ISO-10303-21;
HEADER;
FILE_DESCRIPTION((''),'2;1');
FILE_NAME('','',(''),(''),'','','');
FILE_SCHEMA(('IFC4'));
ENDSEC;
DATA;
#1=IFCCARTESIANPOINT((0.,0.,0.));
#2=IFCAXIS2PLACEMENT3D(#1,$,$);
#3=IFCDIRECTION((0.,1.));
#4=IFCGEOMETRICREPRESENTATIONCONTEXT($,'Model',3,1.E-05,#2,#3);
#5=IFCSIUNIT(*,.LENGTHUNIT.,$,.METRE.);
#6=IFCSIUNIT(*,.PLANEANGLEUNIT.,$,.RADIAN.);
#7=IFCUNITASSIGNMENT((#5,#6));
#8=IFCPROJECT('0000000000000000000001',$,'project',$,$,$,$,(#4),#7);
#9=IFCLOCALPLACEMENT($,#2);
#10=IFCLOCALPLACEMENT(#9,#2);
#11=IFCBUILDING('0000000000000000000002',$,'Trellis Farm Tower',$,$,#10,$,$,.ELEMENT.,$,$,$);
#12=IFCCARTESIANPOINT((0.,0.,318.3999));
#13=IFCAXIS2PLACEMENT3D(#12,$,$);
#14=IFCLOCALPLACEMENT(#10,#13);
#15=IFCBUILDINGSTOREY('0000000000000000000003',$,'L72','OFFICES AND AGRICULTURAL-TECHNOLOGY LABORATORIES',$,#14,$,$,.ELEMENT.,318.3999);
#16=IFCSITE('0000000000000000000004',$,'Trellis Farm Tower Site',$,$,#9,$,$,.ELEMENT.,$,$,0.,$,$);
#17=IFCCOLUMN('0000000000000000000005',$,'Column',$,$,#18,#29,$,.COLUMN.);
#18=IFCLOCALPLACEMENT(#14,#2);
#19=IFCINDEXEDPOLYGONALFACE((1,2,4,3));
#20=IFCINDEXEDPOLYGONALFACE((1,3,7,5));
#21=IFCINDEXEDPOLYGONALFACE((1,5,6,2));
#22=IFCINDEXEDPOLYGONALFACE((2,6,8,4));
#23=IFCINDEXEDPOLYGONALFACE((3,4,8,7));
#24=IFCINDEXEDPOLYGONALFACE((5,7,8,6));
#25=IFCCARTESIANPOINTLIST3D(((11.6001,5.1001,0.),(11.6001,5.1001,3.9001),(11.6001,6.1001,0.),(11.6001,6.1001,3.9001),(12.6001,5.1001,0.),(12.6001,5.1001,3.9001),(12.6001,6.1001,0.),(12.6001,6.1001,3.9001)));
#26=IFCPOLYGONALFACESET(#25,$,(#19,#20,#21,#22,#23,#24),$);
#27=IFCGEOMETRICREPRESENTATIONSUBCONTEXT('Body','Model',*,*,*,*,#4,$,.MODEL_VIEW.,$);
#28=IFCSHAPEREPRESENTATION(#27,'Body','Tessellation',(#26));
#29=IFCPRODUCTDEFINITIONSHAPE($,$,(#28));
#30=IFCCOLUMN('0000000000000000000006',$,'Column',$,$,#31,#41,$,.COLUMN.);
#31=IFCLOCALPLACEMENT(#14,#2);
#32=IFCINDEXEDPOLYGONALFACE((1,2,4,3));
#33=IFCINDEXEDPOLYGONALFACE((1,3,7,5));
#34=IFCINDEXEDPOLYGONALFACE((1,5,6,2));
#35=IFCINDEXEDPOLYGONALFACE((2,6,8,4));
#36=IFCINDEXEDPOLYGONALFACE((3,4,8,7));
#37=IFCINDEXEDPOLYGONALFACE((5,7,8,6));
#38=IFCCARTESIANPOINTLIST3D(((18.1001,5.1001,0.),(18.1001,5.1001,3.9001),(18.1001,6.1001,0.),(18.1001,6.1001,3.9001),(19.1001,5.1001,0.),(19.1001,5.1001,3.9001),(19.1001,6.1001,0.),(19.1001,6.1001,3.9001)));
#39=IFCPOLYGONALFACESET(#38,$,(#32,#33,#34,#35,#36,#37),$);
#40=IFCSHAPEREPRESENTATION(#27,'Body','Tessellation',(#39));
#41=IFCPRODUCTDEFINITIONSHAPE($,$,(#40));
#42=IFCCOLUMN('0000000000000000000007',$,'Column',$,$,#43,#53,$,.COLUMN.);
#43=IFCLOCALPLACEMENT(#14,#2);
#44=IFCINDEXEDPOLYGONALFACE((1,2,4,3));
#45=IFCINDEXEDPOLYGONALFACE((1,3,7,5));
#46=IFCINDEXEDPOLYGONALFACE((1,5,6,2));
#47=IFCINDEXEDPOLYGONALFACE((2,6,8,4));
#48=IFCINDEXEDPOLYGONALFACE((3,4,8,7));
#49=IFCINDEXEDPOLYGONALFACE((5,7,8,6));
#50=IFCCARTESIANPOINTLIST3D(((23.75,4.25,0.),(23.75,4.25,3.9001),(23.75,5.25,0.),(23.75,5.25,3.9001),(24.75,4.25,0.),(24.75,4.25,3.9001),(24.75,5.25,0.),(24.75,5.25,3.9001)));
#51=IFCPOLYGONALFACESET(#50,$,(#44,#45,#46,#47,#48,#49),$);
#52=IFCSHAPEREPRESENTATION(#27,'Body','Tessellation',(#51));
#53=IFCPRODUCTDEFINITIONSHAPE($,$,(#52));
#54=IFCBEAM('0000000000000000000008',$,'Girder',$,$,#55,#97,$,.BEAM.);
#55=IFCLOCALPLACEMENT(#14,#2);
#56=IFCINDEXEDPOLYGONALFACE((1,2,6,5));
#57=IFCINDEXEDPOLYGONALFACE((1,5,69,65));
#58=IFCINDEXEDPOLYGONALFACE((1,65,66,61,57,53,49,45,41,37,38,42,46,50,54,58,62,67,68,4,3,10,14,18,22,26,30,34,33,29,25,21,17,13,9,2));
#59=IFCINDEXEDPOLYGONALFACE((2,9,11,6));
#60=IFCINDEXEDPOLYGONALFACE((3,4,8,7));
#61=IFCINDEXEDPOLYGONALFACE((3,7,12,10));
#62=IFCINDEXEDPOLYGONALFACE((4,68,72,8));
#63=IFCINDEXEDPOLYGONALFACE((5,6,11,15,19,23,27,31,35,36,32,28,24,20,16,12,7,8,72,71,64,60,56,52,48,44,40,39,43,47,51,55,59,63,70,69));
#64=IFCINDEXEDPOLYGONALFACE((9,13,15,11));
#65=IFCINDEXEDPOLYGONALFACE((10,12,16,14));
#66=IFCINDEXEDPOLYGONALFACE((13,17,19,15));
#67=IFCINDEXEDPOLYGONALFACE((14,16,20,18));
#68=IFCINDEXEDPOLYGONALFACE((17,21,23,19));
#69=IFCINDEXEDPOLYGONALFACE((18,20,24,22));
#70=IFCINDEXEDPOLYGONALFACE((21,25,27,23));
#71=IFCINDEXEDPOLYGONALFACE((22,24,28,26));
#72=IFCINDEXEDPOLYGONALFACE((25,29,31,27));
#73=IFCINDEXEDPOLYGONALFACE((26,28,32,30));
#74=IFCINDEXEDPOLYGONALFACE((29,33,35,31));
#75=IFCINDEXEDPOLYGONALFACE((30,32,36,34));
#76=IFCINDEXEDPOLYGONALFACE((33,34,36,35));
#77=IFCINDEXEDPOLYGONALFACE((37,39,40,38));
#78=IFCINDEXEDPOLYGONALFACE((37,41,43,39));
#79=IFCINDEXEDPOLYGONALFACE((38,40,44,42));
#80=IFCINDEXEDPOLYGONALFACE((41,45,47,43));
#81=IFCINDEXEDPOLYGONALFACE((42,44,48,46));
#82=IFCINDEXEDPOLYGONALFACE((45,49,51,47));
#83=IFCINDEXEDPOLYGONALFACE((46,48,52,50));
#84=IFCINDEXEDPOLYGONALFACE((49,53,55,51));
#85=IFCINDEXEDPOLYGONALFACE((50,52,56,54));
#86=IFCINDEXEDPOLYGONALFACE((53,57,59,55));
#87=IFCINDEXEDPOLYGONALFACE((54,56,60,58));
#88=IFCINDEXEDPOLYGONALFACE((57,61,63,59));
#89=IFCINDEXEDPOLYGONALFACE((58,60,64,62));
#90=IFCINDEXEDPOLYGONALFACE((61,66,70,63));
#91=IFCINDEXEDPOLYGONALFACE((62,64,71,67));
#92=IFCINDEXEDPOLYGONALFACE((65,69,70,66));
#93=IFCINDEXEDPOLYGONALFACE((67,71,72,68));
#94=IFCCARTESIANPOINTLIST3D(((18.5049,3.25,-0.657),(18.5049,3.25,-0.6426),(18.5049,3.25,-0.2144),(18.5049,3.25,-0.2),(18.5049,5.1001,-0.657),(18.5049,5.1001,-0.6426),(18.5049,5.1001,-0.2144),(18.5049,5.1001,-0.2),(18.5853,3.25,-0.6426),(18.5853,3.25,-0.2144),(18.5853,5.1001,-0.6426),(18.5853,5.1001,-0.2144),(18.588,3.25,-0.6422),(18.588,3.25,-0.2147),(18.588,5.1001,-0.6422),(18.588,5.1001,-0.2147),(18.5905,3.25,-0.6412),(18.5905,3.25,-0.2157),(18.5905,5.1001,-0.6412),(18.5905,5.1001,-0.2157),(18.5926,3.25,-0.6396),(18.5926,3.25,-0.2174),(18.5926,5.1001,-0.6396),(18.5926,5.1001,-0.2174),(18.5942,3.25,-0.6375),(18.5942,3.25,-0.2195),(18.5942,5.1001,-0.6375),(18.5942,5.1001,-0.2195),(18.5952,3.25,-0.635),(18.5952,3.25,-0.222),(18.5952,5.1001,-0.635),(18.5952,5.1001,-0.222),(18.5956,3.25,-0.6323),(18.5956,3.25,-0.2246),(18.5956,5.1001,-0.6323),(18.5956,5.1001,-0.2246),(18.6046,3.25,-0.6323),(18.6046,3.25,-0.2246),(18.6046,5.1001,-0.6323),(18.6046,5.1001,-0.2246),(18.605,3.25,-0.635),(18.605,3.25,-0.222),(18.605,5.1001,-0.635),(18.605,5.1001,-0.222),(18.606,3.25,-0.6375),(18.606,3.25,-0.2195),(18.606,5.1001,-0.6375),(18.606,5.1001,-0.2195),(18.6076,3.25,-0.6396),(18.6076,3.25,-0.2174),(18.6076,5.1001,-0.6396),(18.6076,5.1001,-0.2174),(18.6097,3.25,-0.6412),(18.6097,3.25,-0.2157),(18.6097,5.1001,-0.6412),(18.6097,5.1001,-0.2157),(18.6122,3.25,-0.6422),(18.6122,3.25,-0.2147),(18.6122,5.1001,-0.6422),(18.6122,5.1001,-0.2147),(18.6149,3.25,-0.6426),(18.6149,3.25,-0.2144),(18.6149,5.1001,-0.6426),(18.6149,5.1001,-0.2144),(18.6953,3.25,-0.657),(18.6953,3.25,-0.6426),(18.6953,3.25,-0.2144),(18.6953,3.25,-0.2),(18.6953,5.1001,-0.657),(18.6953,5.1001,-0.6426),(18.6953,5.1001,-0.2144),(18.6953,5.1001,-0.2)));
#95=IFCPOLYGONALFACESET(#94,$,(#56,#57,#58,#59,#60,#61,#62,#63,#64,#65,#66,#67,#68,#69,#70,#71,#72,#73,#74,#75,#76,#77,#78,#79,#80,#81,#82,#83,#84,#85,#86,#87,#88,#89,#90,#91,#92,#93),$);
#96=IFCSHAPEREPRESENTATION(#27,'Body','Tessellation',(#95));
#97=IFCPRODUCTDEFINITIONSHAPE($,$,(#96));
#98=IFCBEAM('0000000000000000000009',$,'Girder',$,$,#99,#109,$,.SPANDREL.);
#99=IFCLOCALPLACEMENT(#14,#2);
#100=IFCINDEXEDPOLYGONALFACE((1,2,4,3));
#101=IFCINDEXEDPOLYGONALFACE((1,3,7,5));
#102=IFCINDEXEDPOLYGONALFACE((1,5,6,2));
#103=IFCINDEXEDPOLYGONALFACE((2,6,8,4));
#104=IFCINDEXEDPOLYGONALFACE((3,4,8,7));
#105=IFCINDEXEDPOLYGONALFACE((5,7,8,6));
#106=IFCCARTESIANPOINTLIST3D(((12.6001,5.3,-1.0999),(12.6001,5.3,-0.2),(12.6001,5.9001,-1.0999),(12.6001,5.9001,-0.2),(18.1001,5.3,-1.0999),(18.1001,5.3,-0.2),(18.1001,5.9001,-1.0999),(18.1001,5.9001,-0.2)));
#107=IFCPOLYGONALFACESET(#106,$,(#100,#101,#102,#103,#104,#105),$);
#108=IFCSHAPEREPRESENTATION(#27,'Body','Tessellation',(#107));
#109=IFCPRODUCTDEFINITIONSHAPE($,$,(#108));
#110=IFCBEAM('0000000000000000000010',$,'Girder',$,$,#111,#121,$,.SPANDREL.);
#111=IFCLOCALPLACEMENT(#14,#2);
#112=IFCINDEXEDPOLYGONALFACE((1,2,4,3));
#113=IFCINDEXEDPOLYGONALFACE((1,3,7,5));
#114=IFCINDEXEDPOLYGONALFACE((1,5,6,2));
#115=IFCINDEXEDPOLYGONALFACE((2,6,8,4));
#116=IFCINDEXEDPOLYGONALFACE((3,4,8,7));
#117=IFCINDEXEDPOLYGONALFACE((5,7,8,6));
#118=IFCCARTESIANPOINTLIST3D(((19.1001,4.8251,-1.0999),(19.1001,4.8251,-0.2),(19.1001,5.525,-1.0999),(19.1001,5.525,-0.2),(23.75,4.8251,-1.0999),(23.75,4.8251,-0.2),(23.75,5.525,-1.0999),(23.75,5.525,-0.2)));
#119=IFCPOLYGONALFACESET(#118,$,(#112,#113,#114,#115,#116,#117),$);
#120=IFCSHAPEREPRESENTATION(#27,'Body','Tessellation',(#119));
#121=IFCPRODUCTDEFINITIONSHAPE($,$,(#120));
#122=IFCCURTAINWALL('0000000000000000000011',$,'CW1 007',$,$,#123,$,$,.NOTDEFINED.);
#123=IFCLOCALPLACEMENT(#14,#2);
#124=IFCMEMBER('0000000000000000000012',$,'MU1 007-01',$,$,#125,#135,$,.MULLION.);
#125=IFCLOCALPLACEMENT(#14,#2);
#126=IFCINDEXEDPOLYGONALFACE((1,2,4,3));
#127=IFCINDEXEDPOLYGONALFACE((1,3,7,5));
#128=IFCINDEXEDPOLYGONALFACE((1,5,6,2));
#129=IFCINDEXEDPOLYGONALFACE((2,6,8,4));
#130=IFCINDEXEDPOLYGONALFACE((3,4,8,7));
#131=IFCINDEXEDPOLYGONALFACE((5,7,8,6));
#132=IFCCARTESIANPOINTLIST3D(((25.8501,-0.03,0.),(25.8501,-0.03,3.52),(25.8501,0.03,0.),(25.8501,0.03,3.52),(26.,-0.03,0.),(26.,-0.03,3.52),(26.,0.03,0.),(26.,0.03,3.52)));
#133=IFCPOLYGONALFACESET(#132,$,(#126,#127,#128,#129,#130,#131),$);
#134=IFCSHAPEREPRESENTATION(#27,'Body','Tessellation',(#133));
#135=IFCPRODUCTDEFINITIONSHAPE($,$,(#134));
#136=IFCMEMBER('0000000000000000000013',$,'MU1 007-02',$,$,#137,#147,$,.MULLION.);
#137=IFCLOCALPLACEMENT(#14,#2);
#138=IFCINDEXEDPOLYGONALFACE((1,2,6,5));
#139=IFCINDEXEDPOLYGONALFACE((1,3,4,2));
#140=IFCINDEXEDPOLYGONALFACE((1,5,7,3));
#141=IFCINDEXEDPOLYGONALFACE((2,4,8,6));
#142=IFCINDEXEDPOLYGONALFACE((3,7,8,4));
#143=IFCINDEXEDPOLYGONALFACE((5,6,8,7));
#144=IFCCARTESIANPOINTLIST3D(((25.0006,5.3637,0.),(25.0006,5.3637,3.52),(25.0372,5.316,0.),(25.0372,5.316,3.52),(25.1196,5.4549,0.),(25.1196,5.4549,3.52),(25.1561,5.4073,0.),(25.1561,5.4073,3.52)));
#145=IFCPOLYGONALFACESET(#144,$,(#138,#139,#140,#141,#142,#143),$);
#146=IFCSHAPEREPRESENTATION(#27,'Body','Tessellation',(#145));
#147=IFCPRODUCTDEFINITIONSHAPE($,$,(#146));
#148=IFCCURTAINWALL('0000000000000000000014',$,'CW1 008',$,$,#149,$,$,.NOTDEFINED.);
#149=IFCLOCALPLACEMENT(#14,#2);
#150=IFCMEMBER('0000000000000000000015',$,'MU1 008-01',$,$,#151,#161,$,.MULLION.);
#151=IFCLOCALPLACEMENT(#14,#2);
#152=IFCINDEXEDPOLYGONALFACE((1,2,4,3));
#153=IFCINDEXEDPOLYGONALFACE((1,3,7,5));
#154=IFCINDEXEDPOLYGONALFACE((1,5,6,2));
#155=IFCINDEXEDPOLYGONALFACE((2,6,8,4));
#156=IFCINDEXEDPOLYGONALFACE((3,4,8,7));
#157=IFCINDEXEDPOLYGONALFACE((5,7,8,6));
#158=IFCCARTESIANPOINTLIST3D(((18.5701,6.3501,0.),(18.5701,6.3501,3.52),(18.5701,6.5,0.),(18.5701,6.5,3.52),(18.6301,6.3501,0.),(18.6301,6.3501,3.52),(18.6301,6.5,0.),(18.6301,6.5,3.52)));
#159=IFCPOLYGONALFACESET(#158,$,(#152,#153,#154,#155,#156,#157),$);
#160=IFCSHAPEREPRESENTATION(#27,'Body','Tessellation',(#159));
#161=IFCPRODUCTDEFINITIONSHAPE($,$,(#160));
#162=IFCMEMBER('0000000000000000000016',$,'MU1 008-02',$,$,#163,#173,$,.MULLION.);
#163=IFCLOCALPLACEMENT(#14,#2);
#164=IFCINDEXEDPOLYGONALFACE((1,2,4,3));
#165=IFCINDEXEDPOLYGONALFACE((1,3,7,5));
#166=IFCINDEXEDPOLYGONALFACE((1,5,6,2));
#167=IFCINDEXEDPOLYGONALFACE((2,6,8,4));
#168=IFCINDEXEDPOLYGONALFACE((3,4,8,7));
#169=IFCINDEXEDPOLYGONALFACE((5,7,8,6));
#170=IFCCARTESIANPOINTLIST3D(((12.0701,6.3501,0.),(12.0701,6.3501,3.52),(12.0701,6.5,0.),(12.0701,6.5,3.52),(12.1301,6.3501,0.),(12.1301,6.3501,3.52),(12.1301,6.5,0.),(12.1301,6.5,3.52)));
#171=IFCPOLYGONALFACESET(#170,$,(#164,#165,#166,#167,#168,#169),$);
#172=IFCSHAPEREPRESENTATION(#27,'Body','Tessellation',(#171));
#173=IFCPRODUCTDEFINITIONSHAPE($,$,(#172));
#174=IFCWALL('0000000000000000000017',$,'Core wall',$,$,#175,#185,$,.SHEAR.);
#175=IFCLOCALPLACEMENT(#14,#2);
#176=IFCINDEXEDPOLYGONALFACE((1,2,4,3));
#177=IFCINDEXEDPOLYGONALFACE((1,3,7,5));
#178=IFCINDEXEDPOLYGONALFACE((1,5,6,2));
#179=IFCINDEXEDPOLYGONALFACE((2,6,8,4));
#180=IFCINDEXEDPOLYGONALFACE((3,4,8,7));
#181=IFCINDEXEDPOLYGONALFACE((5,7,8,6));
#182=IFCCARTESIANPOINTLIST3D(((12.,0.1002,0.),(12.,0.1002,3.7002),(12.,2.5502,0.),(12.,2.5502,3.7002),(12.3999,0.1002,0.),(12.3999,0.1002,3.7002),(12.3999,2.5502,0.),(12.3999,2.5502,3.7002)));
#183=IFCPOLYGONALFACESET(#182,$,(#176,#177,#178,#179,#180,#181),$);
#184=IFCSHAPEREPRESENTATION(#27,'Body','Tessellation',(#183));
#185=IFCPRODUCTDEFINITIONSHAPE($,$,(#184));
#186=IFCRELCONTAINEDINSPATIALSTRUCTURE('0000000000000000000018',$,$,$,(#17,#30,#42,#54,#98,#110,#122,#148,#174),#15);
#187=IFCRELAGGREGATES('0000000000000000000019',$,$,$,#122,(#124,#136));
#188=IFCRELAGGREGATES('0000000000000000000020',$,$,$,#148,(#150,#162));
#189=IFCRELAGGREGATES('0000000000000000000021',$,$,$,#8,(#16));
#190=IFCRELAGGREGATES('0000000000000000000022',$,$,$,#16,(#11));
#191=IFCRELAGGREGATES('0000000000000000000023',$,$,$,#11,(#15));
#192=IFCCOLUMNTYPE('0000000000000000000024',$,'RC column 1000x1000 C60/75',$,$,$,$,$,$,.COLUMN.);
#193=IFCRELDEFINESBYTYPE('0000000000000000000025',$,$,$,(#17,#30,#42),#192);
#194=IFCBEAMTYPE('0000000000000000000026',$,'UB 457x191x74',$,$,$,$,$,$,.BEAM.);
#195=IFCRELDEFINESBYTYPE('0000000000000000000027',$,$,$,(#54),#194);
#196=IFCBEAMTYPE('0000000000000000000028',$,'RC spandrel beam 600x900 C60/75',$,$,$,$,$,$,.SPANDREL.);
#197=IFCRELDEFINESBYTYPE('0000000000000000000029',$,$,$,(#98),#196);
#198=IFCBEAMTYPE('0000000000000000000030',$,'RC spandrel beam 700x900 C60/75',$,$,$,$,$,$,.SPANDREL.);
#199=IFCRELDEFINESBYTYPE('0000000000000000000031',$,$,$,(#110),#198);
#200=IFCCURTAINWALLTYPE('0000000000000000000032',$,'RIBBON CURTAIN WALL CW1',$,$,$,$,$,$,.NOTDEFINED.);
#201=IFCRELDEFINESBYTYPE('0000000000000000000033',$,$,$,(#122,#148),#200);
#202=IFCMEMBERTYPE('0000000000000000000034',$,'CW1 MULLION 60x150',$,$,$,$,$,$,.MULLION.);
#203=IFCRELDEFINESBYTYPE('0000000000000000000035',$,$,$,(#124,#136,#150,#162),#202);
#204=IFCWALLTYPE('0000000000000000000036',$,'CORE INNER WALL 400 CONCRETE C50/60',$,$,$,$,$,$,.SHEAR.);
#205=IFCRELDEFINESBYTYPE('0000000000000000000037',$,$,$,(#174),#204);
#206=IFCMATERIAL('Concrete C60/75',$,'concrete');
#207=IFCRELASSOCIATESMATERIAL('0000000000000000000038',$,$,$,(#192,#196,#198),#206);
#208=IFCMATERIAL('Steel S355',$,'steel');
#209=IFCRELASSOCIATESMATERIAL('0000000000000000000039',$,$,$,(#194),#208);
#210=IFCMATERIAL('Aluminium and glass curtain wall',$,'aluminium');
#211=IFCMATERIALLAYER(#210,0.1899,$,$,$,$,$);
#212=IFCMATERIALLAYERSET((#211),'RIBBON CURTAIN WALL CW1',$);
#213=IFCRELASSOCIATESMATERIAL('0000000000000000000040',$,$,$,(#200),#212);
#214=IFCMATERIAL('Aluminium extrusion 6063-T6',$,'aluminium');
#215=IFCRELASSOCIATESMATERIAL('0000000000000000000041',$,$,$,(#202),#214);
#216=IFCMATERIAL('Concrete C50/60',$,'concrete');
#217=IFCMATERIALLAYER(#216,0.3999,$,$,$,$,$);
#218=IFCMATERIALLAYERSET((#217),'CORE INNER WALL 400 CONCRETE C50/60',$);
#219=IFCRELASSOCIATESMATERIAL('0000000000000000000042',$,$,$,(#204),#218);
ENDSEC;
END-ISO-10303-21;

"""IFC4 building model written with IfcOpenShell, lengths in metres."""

from ifc_helpers import new_model, si_unit, direction, frame, frame_2d, origin, origin_2d, place, context, subcontext, project, spatial, rectangle, i_section, extrude, source, transform, mapped, material, layer, layer_set, material_profile, profile_set, type_object, element, aggregate, save


model = new_model("IFC4")

# Units and contexts
model_context = context("Model", 3, precision=1e-05, world=origin(), true_north=direction((0.0, 1.0)))
body_context = subcontext(model_context, "Body", "Model", "MODEL_VIEW")
ifc_project = project(units=[si_unit("LENGTHUNIT", "METRE"), si_unit("PLANEANGLEUNIT", "RADIAN")], contexts=[model_context])

# Site, building, storey
site_placement = place(None, origin())
site = spatial("IfcSite", under=ifc_project, at=site_placement, Name="Trellis Farm Tower Site", CompositionType="ELEMENT", RefElevation=0.0)
building_placement = place(site_placement, origin())
building = spatial("IfcBuilding", under=site, at=building_placement, Name="Trellis Farm Tower", CompositionType="ELEMENT")
storey_placement = place(building_placement, frame((0.0, 0.0, 318.3999)))
storey = spatial("IfcBuildingStorey", under=building, at=storey_placement, Name="L72", Description="OFFICES AND AGRICULTURAL-TECHNOLOGY LABORATORIES", CompositionType="ELEMENT", Elevation=318.3999)

# Columns
ifc_material_1 = material(Name="Concrete C60/75", Category="concrete")
ifc_material_profile_1 = material_profile(ifc_material_1, rectangle(XDim=1.0, YDim=1.0, at=origin_2d()), Name="RC column 1000x1000 C60/75")
ifc_profile_set_1 = profile_set([ifc_material_profile_1], Name="Concrete C60/75")
column_type = type_object("IfcColumnType", Name="RC column 1000x1000 C60/75", PredefinedType="COLUMN", material=ifc_profile_set_1)
shared_shape_1 = source(origin(), body_context, "Body", "SweptSolid", [
    extrude(rectangle(XDim=1.0, YDim=1.0, at=origin_2d()), origin(), (0.0, 0.0, 1.0), 3.9001),
])
for number, where, z_axis, x_axis, name in (
    (1, (12.1001, 5.6001, 0.0), (0.0, 0.0, 1.0), (1.0, 0.0, 0.0), "Column"),
    (2, (18.6001, 5.6001, 0.0), (0.0, 0.0, 1.0), (1.0, 0.0, 0.0), "Column"),
    (3, (24.25, 4.75, 0.0), (0.0, 0.0, 1.0), (1.0, 0.0, 0.0), "Column"),
):
    element("IfcColumn", number, at=place(storey_placement, frame(where, z_axis=z_axis, x_axis=x_axis)), inside=storey, type_object=column_type, Name=name, PredefinedType="COLUMN", context=body_context, shape_type="MappedRepresentation", body=[
        mapped(shared_shape_1, transform((0.0, 0.0, 0.0))),
    ])

# Beams
ifc_material_2 = material(Name="Steel S355", Category="steel")
ifc_material_profile_2 = material_profile(ifc_material_2, i_section(OverallWidth=0.1904, OverallDepth=0.457, WebThickness=0.009, FlangeThickness=0.0144, FilletRadius=0.0103, at=origin_2d()), Name="UB 457x191x74")
ifc_profile_set_2 = profile_set([ifc_material_profile_2], Name="Steel S355")
beam_type_1 = type_object("IfcBeamType", Name="UB 457x191x74", PredefinedType="BEAM", material=ifc_profile_set_2)
shared_shape_2 = source(origin(), body_context, "Body", "SweptSolid", [
    extrude(i_section(OverallWidth=0.1904, OverallDepth=0.457, WebThickness=0.009, FlangeThickness=0.0144, FilletRadius=0.0103, at=origin_2d()), origin(), (0.0, 0.0, 1.0), 1.8501),
])
beam_1_placement = place(storey_placement, frame((18.6001, 3.25, -0.4285), z_axis=(0.0, 1.0, 0.0), x_axis=(-1.0, 0.0, 0.0)))
element("IfcBeam", 4, at=beam_1_placement, inside=storey, type_object=beam_type_1, Name="Girder", PredefinedType="BEAM", context=body_context, shape_type="MappedRepresentation", body=[
    mapped(shared_shape_2, transform((0.0, 0.0, 0.0))),
])
ifc_material_profile_3 = material_profile(ifc_material_1, rectangle(XDim=0.6001, YDim=0.8999, at=origin_2d()), Name="RC spandrel beam 600x900 C60/75")
ifc_profile_set_3 = profile_set([ifc_material_profile_3], Name="Concrete C60/75")
beam_type_2 = type_object("IfcBeamType", Name="RC spandrel beam 600x900 C60/75", PredefinedType="SPANDREL", material=ifc_profile_set_3)
shared_shape_3 = source(origin(), body_context, "Body", "SweptSolid", [
    extrude(rectangle(XDim=0.6001, YDim=0.8999, at=origin_2d()), origin(), (0.0, 0.0, 1.0), 5.5),
])
beam_2_placement = place(storey_placement, frame((12.6001, 5.6001, -0.6499), z_axis=(1.0, 0.0, 0.0), x_axis=(0.0, 1.0, 0.0)))
element("IfcBeam", 5, at=beam_2_placement, inside=storey, type_object=beam_type_2, Name="Girder", PredefinedType="SPANDREL", context=body_context, shape_type="MappedRepresentation", body=[
    mapped(shared_shape_3, transform((0.0, 0.0, 0.0))),
])
ifc_material_profile_4 = material_profile(ifc_material_1, rectangle(XDim=0.7, YDim=0.8999, at=origin_2d()), Name="RC spandrel beam 700x900 C60/75")
ifc_profile_set_4 = profile_set([ifc_material_profile_4], Name="Concrete C60/75")
beam_type_3 = type_object("IfcBeamType", Name="RC spandrel beam 700x900 C60/75", PredefinedType="SPANDREL", material=ifc_profile_set_4)
shared_shape_4 = source(origin(), body_context, "Body", "SweptSolid", [
    extrude(rectangle(XDim=0.7, YDim=0.8999, at=origin_2d()), origin(), (0.0, 0.0, 1.0), 4.6499),
])
beam_3_placement = place(storey_placement, frame((19.1001, 5.175, -0.6499), z_axis=(1.0, 0.0, 0.0), x_axis=(0.0, 1.0, 0.0)))
element("IfcBeam", 6, at=beam_3_placement, inside=storey, type_object=beam_type_3, Name="Girder", PredefinedType="SPANDREL", context=body_context, shape_type="MappedRepresentation", body=[
    mapped(shared_shape_4, transform((0.0, 0.0, 0.0))),
])

# Curtain walls, members
ifc_material_3 = material(Name="Aluminium and glass curtain wall", Category="aluminium")
ifc_layer_1 = layer(ifc_material_3, 0.1899)
ifc_layer_set_1 = layer_set([ifc_layer_1], Name="RIBBON CURTAIN WALL CW1")
curtain_wall_type = type_object("IfcCurtainWallType", Name="RIBBON CURTAIN WALL CW1", PredefinedType="NOTDEFINED", material=ifc_layer_set_1)
placement = place(storey_placement, origin())
curtain_wall_1 = element("IfcCurtainWall", 7, at=placement, inside=storey, type_object=curtain_wall_type, Name="CW1 007", PredefinedType="NOTDEFINED")
ifc_material_4 = material(Name="Aluminium extrusion 6063-T6", Category="aluminium")
ifc_material_profile_5 = material_profile(ifc_material_4, rectangle(XDim=0.0601, YDim=0.1499, at=origin_2d()), Name="MULLION 60x150")
ifc_profile_set_5 = profile_set([ifc_material_profile_5], Name="Aluminium extrusion 6063-T6")
member_type = type_object("IfcMemberType", Name="CW1 MULLION 60x150", PredefinedType="MULLION", material=ifc_profile_set_5)
shared_shape_5 = source(origin(), body_context, "Body", "SweptSolid", [
    extrude(rectangle(XDim=0.0601, YDim=0.1499, at=origin_2d()), origin(), (0.0, 0.0, 1.0), 3.52),
])
member_1_placement = place(storey_placement, frame((25.925, 0.0, 0.0), z_axis=(0.0, 0.0, 1.0), x_axis=(0.0, 1.0, 0.0)))
member_1 = element("IfcMember", 8, at=member_1_placement, type_object=member_type, Name="MU1 007-01", PredefinedType="MULLION", context=body_context, shape_type="MappedRepresentation", body=[
    mapped(shared_shape_5, transform((0.0, 0.0, 0.0))),
])
member_2_placement = place(storey_placement, frame((25.0784, 5.3855, 0.0), z_axis=(0.0, 0.0, 1.0), x_axis=(-0.608761, 0.793353, 0.0)))
member_2 = element("IfcMember", 9, at=member_2_placement, type_object=member_type, Name="MU1 007-02", PredefinedType="MULLION", context=body_context, shape_type="MappedRepresentation", body=[
    mapped(shared_shape_5, transform((0.0, 0.0, 0.0))),
])
aggregate(curtain_wall_1, [member_1, member_2])
curtain_wall_2 = element("IfcCurtainWall", 10, at=placement, inside=storey, type_object=curtain_wall_type, Name="CW1 008", PredefinedType="NOTDEFINED")
member_3_placement = place(storey_placement, frame((18.6001, 6.425, 0.0), z_axis=(0.0, 0.0, 1.0), x_axis=(-1.0, 0.0, 0.0)))
member_3 = element("IfcMember", 11, at=member_3_placement, type_object=member_type, Name="MU1 008-01", PredefinedType="MULLION", context=body_context, shape_type="MappedRepresentation", body=[
    mapped(shared_shape_5, transform((0.0, 0.0, 0.0))),
])
member_4_placement = place(storey_placement, frame((12.1001, 6.425, 0.0), z_axis=(0.0, 0.0, 1.0), x_axis=(-1.0, 0.0, 0.0)))
member_4 = element("IfcMember", 12, at=member_4_placement, type_object=member_type, Name="MU1 008-02", PredefinedType="MULLION", context=body_context, shape_type="MappedRepresentation", body=[
    mapped(shared_shape_5, transform((0.0, 0.0, 0.0))),
])
aggregate(curtain_wall_2, [member_3, member_4])

# Wall
ifc_material_5 = material(Name="Concrete C50/60", Category="concrete")
ifc_layer_2 = layer(ifc_material_5, 0.3999)
ifc_layer_set_2 = layer_set([ifc_layer_2], Name="CORE INNER WALL 400 CONCRETE C50/60")
wall_type_1 = type_object("IfcWallType", Name="CORE INNER WALL 400 CONCRETE C50/60", PredefinedType="SHEAR", material=ifc_layer_set_2)
shared_shape_6 = source(origin(), body_context, "Body", "SweptSolid", [
    extrude(rectangle(XDim=2.45, YDim=0.3999, at=frame_2d((1.2251, 0.0))), origin(), (0.0, 0.0, 1.0), 3.7002),
])
for number, where, z_axis, x_axis, name in (
    (13, (12.2, 0.1001, 0.0), (0.0, 0.0, 1.0), (0.0, 1.0, 0.0), "Core wall"),
):
    element("IfcWall", number, at=place(storey_placement, frame(where, z_axis=z_axis, x_axis=x_axis)), inside=storey, type_object=wall_type_1, Name=name, PredefinedType="SHEAR", context=body_context, shape_type="MappedRepresentation", body=[
        mapped(shared_shape_6, transform((0.0, 0.0, 0.0))),
    ])

save(model, "model.ifc")
